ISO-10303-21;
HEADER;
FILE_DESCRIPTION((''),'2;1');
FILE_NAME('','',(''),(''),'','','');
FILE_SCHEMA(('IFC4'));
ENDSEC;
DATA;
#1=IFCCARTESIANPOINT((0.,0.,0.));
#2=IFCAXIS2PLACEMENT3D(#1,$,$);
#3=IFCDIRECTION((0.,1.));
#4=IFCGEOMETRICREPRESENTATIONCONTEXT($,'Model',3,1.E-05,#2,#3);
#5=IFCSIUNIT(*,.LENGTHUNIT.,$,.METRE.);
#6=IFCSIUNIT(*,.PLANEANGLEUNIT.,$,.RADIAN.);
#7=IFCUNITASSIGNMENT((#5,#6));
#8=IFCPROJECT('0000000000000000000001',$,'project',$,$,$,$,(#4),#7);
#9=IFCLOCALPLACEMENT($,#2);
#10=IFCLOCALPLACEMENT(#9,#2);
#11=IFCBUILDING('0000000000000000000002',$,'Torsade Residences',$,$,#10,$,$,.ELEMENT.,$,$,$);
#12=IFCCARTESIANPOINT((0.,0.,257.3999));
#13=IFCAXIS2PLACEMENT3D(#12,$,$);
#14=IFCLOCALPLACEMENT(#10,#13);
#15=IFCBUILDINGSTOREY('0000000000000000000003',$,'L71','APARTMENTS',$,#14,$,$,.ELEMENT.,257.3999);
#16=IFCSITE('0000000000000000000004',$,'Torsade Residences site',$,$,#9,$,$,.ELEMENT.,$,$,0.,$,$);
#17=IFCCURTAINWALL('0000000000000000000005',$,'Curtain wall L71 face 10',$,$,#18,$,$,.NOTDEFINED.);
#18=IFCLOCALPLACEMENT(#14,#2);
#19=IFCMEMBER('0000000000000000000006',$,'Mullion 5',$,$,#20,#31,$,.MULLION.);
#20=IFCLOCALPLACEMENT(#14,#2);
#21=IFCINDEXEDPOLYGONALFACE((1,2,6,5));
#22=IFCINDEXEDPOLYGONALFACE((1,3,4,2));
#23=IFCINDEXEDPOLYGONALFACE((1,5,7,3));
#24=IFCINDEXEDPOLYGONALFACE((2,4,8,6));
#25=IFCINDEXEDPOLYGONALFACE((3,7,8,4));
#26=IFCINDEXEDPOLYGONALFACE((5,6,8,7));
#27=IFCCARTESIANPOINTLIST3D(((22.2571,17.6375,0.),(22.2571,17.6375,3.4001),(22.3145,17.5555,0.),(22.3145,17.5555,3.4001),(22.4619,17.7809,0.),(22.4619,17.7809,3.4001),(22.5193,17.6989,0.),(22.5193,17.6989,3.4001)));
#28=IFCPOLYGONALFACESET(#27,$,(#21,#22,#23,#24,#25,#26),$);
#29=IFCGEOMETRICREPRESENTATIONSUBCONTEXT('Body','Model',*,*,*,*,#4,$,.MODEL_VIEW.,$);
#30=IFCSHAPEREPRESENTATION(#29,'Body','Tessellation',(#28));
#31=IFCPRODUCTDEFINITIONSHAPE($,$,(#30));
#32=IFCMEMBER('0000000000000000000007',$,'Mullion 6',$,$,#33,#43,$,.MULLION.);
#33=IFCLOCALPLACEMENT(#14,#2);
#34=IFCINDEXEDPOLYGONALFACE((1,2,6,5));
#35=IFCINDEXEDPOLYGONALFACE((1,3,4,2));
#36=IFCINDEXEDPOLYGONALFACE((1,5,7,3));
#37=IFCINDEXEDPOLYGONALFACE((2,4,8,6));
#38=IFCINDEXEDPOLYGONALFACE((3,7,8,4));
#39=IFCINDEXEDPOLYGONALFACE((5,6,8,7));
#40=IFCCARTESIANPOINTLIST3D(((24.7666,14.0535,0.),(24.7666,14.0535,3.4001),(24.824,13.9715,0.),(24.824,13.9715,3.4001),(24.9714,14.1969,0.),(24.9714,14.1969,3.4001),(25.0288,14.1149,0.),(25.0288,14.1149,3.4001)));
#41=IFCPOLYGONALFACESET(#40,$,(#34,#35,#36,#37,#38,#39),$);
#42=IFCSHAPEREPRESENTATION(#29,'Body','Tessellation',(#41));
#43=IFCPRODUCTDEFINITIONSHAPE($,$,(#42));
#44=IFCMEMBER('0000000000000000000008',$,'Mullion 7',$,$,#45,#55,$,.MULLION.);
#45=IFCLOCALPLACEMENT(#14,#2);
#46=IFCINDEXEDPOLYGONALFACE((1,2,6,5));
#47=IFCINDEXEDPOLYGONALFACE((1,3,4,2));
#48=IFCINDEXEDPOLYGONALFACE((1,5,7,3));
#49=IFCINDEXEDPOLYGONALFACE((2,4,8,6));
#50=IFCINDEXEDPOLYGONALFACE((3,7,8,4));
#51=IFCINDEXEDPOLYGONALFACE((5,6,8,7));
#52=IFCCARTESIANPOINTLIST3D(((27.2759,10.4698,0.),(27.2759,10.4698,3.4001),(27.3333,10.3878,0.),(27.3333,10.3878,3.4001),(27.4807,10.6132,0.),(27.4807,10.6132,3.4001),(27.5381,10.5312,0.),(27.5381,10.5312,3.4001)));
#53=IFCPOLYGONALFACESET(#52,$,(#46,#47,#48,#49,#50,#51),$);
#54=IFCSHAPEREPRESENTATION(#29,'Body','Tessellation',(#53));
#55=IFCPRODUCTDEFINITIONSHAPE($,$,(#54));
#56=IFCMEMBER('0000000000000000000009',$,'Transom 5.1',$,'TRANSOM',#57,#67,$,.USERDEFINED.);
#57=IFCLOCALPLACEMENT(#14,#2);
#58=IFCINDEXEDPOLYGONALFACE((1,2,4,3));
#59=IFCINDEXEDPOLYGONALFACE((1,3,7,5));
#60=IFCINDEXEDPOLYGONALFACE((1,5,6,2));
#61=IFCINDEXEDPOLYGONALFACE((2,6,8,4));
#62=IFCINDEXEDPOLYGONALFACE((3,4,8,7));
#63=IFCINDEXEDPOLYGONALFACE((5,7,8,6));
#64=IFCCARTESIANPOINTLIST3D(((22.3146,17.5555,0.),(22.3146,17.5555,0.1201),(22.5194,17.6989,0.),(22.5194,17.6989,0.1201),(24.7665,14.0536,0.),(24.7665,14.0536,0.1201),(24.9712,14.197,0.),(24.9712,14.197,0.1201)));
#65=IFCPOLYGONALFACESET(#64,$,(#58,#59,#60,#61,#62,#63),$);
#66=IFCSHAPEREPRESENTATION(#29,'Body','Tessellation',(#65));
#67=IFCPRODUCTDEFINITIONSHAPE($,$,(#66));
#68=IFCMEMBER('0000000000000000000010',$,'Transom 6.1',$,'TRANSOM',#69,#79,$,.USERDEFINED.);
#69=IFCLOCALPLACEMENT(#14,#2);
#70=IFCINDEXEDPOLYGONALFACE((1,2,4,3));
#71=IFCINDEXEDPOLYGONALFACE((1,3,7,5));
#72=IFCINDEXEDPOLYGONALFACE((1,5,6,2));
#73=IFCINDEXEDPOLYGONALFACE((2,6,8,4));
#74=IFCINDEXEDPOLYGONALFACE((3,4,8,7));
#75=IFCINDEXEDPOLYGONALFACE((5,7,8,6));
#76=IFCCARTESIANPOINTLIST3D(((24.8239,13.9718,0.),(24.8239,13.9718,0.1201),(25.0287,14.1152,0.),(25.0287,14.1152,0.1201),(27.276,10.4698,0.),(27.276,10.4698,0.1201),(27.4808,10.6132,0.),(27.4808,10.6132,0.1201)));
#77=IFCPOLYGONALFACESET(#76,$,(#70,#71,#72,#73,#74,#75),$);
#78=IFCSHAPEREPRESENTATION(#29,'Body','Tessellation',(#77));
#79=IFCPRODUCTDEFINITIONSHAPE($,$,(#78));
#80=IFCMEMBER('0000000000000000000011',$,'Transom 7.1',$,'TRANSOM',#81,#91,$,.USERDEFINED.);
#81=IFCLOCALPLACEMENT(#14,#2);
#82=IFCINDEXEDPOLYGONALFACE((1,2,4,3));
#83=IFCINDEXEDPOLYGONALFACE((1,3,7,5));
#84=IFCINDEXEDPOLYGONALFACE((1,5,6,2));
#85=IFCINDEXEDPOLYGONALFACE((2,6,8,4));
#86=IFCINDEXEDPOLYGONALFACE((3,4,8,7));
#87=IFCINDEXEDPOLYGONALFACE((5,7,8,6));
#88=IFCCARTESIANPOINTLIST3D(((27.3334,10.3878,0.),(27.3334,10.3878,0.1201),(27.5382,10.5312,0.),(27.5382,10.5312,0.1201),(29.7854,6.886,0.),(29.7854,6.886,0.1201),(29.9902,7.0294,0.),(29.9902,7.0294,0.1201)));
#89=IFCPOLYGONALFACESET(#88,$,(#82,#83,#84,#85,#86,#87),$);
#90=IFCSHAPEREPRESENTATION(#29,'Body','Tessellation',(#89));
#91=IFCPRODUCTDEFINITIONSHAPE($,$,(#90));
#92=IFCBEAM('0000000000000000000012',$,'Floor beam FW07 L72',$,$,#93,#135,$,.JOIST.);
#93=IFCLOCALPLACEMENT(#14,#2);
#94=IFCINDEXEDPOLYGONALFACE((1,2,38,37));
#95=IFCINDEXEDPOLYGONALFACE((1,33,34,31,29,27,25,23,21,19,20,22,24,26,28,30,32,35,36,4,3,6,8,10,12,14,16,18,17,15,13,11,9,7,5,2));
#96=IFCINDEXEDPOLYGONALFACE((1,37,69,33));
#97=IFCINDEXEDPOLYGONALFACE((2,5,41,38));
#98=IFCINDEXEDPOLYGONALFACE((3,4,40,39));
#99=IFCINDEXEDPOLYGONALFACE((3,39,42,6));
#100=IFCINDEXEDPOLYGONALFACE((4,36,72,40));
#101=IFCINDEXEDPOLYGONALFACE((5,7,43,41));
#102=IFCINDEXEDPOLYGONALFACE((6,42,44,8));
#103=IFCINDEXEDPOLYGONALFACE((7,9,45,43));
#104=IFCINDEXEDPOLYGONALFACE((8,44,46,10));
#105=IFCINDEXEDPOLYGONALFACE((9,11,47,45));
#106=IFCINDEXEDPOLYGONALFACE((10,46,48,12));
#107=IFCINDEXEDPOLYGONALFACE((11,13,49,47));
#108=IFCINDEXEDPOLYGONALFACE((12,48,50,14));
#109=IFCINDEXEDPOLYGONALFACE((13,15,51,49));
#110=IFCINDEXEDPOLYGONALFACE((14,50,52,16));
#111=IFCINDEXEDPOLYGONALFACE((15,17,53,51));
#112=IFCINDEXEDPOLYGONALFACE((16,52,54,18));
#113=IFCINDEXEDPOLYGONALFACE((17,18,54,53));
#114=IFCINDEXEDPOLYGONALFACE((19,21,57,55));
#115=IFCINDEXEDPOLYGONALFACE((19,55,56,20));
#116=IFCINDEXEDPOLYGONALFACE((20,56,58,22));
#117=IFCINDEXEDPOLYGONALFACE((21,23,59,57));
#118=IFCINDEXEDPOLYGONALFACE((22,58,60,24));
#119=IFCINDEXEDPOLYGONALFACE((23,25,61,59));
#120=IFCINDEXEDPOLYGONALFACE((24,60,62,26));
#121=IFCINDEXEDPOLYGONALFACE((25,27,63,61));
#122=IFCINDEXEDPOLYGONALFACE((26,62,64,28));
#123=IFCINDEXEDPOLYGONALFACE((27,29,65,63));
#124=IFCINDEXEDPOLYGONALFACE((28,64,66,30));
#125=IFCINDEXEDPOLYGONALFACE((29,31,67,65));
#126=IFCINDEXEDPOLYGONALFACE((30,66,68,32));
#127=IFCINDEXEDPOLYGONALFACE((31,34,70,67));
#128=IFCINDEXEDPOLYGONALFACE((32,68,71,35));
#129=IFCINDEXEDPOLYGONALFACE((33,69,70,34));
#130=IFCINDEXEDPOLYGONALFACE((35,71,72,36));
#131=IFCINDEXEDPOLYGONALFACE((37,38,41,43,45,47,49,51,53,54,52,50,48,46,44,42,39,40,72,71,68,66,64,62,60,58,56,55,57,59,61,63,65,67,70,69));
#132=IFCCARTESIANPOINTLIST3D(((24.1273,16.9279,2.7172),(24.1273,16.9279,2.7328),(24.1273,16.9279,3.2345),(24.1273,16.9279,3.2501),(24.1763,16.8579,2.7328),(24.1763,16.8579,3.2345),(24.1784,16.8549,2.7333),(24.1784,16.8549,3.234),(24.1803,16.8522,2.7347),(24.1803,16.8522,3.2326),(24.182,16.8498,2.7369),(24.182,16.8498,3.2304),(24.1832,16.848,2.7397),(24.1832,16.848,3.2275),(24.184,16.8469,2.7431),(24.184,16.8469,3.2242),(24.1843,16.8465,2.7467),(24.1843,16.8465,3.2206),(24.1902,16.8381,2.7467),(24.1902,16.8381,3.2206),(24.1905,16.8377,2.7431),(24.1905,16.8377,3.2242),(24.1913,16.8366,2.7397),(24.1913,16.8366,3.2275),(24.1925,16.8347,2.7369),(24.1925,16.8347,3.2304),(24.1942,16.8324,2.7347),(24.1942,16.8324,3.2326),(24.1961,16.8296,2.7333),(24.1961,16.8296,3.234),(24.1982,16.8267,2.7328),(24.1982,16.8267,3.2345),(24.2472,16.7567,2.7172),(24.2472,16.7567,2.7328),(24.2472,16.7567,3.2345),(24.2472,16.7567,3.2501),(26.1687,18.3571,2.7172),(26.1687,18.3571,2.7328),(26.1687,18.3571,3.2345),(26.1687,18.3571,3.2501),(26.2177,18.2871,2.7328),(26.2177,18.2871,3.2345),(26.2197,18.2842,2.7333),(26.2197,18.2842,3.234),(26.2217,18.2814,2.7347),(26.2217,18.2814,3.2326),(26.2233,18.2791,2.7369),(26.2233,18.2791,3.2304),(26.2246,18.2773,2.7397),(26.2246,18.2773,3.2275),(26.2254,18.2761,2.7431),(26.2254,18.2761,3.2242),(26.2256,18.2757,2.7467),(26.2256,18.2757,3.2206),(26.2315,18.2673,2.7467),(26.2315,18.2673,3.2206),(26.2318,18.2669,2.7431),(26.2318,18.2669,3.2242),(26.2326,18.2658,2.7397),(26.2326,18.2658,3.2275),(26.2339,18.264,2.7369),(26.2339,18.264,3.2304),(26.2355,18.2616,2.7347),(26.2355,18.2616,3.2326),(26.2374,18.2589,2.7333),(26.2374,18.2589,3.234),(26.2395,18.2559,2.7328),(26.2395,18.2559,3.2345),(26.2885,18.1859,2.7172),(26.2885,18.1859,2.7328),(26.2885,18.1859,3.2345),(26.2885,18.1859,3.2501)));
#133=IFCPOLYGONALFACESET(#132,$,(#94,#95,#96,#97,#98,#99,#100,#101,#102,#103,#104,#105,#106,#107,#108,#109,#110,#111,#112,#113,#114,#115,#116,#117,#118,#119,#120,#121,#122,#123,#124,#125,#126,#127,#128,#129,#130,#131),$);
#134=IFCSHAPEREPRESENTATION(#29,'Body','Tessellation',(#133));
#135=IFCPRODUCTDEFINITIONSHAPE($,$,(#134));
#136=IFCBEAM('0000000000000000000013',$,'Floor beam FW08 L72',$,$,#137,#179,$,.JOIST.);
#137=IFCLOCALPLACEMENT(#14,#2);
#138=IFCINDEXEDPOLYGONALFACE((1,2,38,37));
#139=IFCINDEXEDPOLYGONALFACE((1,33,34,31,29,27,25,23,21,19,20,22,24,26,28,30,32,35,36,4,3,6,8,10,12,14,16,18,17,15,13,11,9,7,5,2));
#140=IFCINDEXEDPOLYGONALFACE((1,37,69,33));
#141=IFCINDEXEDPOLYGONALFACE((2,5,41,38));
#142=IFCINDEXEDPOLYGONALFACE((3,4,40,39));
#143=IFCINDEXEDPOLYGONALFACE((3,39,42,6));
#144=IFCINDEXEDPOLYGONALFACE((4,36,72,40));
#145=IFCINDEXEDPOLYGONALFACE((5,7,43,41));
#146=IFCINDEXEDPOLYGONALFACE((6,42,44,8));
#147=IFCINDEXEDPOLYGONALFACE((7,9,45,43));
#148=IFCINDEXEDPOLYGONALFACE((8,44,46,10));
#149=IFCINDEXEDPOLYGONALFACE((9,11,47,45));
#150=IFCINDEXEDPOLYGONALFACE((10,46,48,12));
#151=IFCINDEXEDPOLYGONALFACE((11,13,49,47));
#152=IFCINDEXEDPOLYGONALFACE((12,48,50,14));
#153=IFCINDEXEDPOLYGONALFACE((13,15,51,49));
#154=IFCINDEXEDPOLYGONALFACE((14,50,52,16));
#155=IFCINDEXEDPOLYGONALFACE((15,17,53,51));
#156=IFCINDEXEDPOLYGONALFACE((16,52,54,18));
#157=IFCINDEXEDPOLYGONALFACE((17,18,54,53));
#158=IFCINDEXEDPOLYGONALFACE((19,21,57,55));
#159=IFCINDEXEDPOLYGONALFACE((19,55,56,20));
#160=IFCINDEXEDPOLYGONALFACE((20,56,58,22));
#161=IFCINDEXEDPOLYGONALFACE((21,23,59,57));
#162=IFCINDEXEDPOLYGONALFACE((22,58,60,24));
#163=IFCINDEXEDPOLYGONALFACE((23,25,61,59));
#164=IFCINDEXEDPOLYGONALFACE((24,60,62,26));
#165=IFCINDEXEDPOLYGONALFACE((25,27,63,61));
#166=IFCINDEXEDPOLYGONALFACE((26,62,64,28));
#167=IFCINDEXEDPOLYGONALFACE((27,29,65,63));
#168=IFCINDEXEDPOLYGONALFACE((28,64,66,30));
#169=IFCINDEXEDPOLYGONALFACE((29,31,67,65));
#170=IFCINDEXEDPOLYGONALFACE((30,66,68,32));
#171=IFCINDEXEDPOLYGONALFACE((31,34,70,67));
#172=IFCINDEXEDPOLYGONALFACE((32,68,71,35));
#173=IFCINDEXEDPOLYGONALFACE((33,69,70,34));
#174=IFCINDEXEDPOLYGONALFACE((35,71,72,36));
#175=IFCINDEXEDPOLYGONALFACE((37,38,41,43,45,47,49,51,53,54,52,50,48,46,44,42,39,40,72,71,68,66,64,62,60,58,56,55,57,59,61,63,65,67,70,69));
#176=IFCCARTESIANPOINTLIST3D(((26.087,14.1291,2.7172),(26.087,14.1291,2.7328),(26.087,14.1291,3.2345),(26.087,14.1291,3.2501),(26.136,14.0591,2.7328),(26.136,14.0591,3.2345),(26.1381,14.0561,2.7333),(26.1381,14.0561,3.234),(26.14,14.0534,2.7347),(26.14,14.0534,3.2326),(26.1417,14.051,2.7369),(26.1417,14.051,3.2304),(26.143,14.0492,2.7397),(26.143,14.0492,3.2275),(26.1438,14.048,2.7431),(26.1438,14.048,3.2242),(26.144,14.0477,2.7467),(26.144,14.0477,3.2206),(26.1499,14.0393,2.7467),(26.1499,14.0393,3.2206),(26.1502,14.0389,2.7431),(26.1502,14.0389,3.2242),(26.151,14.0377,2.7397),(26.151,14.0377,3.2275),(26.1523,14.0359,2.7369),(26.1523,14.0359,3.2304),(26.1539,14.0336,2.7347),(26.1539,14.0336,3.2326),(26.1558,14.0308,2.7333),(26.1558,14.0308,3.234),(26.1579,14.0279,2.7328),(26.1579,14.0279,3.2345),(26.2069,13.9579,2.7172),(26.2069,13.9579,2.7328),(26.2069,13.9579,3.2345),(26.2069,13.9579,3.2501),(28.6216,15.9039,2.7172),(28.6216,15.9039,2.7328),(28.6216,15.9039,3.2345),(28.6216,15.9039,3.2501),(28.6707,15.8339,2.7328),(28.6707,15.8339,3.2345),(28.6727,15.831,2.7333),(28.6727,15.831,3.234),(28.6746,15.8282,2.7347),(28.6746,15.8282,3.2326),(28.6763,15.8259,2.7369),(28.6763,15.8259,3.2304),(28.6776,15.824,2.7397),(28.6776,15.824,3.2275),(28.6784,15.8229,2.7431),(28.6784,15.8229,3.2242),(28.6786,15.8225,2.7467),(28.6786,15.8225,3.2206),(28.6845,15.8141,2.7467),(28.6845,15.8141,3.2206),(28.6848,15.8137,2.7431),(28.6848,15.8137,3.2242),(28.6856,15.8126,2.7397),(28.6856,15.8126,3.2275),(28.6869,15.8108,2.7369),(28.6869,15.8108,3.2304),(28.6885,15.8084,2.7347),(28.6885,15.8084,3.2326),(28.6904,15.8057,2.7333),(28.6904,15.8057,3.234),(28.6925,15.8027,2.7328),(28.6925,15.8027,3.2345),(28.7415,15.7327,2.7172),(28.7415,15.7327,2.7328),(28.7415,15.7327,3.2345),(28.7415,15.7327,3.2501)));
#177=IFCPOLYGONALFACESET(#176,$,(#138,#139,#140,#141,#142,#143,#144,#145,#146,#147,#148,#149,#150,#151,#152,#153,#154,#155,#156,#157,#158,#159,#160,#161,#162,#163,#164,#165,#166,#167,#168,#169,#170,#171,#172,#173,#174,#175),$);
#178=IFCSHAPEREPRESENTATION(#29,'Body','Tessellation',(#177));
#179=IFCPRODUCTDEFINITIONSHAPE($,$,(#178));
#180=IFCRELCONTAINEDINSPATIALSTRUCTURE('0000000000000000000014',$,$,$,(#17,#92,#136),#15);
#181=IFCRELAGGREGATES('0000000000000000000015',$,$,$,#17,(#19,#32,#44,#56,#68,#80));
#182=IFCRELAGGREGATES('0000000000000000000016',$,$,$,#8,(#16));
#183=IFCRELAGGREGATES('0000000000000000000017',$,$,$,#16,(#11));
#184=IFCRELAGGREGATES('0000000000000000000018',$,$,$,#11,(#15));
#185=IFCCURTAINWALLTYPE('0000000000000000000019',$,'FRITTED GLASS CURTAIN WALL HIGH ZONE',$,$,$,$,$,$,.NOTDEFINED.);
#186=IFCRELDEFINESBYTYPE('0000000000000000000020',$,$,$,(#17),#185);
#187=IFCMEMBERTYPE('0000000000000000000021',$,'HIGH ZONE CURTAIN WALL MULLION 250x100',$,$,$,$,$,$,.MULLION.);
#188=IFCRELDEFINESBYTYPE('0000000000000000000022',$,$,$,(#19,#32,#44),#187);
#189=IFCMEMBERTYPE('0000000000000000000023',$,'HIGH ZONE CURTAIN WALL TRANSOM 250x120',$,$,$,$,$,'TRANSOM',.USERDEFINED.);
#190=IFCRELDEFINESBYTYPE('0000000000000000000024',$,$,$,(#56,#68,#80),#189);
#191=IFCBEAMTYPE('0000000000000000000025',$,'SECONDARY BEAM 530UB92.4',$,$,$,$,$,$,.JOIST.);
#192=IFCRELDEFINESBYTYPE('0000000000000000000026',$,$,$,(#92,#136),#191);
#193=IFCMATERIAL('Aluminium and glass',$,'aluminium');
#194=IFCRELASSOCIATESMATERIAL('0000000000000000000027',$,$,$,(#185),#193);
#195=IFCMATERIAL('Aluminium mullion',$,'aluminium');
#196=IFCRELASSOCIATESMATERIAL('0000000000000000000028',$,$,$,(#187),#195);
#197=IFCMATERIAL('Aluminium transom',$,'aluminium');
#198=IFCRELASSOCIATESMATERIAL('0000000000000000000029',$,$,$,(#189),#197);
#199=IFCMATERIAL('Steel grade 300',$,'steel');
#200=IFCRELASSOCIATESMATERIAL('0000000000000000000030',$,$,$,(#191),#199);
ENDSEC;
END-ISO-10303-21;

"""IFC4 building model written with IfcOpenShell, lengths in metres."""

from ifc_helpers import new_model, si_unit, direction, frame, origin, origin_2d, place, context, subcontext, project, spatial, rectangle, i_section, extrude, material, material_profile, profile_set, type_object, element, aggregate, save


model = new_model("IFC4")

# Units and contexts
model_context = context("Model", 3, precision=1e-05, world=origin(), true_north=direction((0.0, 1.0)))
body_context = subcontext(model_context, "Body", "Model", "MODEL_VIEW")
ifc_project = project(units=[si_unit("LENGTHUNIT", "METRE"), si_unit("PLANEANGLEUNIT", "RADIAN")], contexts=[model_context])

# Site, building, storey
site_placement = place(None, origin())
site = spatial("IfcSite", under=ifc_project, at=site_placement, Name="Torsade Residences site", CompositionType="ELEMENT", RefElevation=0.0)
building_placement = place(site_placement, origin())
building = spatial("IfcBuilding", under=site, at=building_placement, Name="Torsade Residences", CompositionType="ELEMENT")
storey_placement = place(building_placement, frame((0.0, 0.0, 257.3999)))
storey = spatial("IfcBuildingStorey", under=building, at=storey_placement, Name="L71", Description="APARTMENTS", CompositionType="ELEMENT", Elevation=257.3999)

# Curtain wall, members
ifc_material_1 = material(Name="Aluminium and glass", Category="aluminium")
curtain_wall_type = type_object("IfcCurtainWallType", Name="FRITTED GLASS CURTAIN WALL HIGH ZONE", PredefinedType="NOTDEFINED", material=ifc_material_1)
curtain_wall_placement = place(storey_placement, origin())
curtain_wall = element("IfcCurtainWall", 1, at=curtain_wall_placement, inside=storey, type_object=curtain_wall_type, Name="Curtain wall L71 face 10", PredefinedType="NOTDEFINED")
ifc_material_2 = material(Name="Aluminium mullion", Category="aluminium")
ifc_material_profile_1 = material_profile(ifc_material_2, rectangle(XDim=0.25, YDim=0.1001, at=origin_2d()), Name="HIGH ZONE CURTAIN WALL MULLION 250x100")
ifc_profile_set_1 = profile_set([ifc_material_profile_1], Name="Aluminium mullion")
member_type_1 = type_object("IfcMemberType", Name="HIGH ZONE CURTAIN WALL MULLION 250x100", PredefinedType="MULLION", material=ifc_profile_set_1)
member_1_placement = place(storey_placement, frame((22.3882, 17.6682, 0.0), z_axis=(0.0, 0.0, 1.0), x_axis=(0.819152, 0.573576, 0.0)))
member_1 = element("IfcMember", 2, at=member_1_placement, type_object=member_type_1, Name="Mullion 5", PredefinedType="MULLION", context=body_context, shape_type="SweptSolid", body=[
    extrude(rectangle(XDim=0.25, YDim=0.1001, at=origin_2d()), origin(), (0.0, 0.0, 1.0), 3.4001),
])
member_2_placement = place(storey_placement, frame((24.8977, 14.0842, 0.0), z_axis=(0.0, 0.0, 1.0), x_axis=(0.819152, 0.573576, 0.0)))
member_2 = element("IfcMember", 3, at=member_2_placement, type_object=member_type_1, Name="Mullion 6", PredefinedType="MULLION", context=body_context, shape_type="SweptSolid", body=[
    extrude(rectangle(XDim=0.25, YDim=0.1001, at=origin_2d()), origin(), (0.0, 0.0, 1.0), 3.4001),
])
member_3_placement = place(storey_placement, frame((27.407, 10.5005, 0.0), z_axis=(0.0, 0.0, 1.0), x_axis=(0.819152, 0.573576, 0.0)))
member_3 = element("IfcMember", 4, at=member_3_placement, type_object=member_type_1, Name="Mullion 7", PredefinedType="MULLION", context=body_context, shape_type="SweptSolid", body=[
    extrude(rectangle(XDim=0.25, YDim=0.1001, at=origin_2d()), origin(), (0.0, 0.0, 1.0), 3.4001),
])
ifc_material_3 = material(Name="Aluminium transom", Category="aluminium")
ifc_material_profile_2 = material_profile(ifc_material_3, rectangle(XDim=0.25, YDim=0.1201, at=origin_2d()), Name="HIGH ZONE CURTAIN WALL TRANSOM 250x120")
ifc_profile_set_2 = profile_set([ifc_material_profile_2], Name="Aluminium transom")
member_type_2 = type_object("IfcMemberType", Name="HIGH ZONE CURTAIN WALL TRANSOM 250x120", ElementType="TRANSOM", PredefinedType="USERDEFINED", material=ifc_profile_set_2)
member_4_placement = place(storey_placement, frame((22.417, 17.6272, 0.0601), z_axis=(0.573547, -0.819173, 0.0), x_axis=(0.819173, 0.573547, 0.0)))
member_4 = element("IfcMember", 5, at=member_4_placement, type_object=member_type_2, Name="Transom 5.1", ObjectType="TRANSOM", PredefinedType="USERDEFINED", context=body_context, shape_type="SweptSolid", body=[
    extrude(rectangle(XDim=0.25, YDim=0.1201, at=origin_2d()), origin(), (0.0, 0.0, 1.0), 4.2749),
])
member_5_placement = place(storey_placement, frame((24.9263, 14.0435, 0.0601), z_axis=(0.573585, -0.819146, 0.0), x_axis=(0.819146, 0.573585, 0.0)))
member_5 = element("IfcMember", 6, at=member_5_placement, type_object=member_type_2, Name="Transom 6.1", ObjectType="TRANSOM", PredefinedType="USERDEFINED", context=body_context, shape_type="SweptSolid", body=[
    extrude(rectangle(XDim=0.25, YDim=0.1201, at=origin_2d()), origin(), (0.0, 0.0, 1.0), 4.2751),
])
member_6_placement = place(storey_placement, frame((27.4358, 10.4595, 0.0601), z_axis=(0.573573, -0.819154, 0.0), x_axis=(0.819154, 0.573573, 0.0)))
member_6 = element("IfcMember", 7, at=member_6_placement, type_object=member_type_2, Name="Transom 7.1", ObjectType="TRANSOM", PredefinedType="USERDEFINED", context=body_context, shape_type="SweptSolid", body=[
    extrude(rectangle(XDim=0.25, YDim=0.1201, at=origin_2d()), origin(), (0.0, 0.0, 1.0), 4.2749),
])

# Beams
ifc_material_4 = material(Name="Steel grade 300", Category="steel")
ifc_material_profile_3 = material_profile(ifc_material_4, i_section(OverallWidth=0.209, OverallDepth=0.533, WebThickness=0.0103, FlangeThickness=0.0156, FilletRadius=0.0139, at=origin_2d()), Name="530UB92.4")
ifc_profile_set_3 = profile_set([ifc_material_profile_3], Name="Steel grade 300")
beam_type = type_object("IfcBeamType", Name="SECONDARY BEAM 530UB92.4", PredefinedType="JOIST", material=ifc_profile_set_3)
beam_1_placement = place(storey_placement, frame((24.1873, 16.8423, 2.9836), z_axis=(0.819172, 0.573548, 0.0), x_axis=(-0.573548, 0.819172, 0.0)))
element("IfcBeam", 8, at=beam_1_placement, inside=storey, type_object=beam_type, Name="Floor beam FW07 L72", PredefinedType="JOIST", context=body_context, shape_type="SweptSolid", body=[
    extrude(i_section(OverallWidth=0.209, OverallDepth=0.533, WebThickness=0.0103, FlangeThickness=0.0156, FilletRadius=0.0139, at=origin_2d()), origin(), (0.0, 0.0, 1.0), 2.4919),
])
beam_2_placement = place(storey_placement, frame((26.147, 14.0435, 2.9836), z_axis=(0.819136, 0.5736, 0.0), x_axis=(-0.5736, 0.819136, 0.0)))
element("IfcBeam", 9, at=beam_2_placement, inside=storey, type_object=beam_type, Name="Floor beam FW08 L72", PredefinedType="JOIST", context=body_context, shape_type="SweptSolid", body=[
    extrude(i_section(OverallWidth=0.209, OverallDepth=0.533, WebThickness=0.0103, FlangeThickness=0.0156, FilletRadius=0.0139, at=origin_2d()), origin(), (0.0, 0.0, 1.0), 3.0942),
])

aggregate(curtain_wall, [member_1, member_2, member_3, member_4, member_5, member_6])

save(model, "model.ifc")
